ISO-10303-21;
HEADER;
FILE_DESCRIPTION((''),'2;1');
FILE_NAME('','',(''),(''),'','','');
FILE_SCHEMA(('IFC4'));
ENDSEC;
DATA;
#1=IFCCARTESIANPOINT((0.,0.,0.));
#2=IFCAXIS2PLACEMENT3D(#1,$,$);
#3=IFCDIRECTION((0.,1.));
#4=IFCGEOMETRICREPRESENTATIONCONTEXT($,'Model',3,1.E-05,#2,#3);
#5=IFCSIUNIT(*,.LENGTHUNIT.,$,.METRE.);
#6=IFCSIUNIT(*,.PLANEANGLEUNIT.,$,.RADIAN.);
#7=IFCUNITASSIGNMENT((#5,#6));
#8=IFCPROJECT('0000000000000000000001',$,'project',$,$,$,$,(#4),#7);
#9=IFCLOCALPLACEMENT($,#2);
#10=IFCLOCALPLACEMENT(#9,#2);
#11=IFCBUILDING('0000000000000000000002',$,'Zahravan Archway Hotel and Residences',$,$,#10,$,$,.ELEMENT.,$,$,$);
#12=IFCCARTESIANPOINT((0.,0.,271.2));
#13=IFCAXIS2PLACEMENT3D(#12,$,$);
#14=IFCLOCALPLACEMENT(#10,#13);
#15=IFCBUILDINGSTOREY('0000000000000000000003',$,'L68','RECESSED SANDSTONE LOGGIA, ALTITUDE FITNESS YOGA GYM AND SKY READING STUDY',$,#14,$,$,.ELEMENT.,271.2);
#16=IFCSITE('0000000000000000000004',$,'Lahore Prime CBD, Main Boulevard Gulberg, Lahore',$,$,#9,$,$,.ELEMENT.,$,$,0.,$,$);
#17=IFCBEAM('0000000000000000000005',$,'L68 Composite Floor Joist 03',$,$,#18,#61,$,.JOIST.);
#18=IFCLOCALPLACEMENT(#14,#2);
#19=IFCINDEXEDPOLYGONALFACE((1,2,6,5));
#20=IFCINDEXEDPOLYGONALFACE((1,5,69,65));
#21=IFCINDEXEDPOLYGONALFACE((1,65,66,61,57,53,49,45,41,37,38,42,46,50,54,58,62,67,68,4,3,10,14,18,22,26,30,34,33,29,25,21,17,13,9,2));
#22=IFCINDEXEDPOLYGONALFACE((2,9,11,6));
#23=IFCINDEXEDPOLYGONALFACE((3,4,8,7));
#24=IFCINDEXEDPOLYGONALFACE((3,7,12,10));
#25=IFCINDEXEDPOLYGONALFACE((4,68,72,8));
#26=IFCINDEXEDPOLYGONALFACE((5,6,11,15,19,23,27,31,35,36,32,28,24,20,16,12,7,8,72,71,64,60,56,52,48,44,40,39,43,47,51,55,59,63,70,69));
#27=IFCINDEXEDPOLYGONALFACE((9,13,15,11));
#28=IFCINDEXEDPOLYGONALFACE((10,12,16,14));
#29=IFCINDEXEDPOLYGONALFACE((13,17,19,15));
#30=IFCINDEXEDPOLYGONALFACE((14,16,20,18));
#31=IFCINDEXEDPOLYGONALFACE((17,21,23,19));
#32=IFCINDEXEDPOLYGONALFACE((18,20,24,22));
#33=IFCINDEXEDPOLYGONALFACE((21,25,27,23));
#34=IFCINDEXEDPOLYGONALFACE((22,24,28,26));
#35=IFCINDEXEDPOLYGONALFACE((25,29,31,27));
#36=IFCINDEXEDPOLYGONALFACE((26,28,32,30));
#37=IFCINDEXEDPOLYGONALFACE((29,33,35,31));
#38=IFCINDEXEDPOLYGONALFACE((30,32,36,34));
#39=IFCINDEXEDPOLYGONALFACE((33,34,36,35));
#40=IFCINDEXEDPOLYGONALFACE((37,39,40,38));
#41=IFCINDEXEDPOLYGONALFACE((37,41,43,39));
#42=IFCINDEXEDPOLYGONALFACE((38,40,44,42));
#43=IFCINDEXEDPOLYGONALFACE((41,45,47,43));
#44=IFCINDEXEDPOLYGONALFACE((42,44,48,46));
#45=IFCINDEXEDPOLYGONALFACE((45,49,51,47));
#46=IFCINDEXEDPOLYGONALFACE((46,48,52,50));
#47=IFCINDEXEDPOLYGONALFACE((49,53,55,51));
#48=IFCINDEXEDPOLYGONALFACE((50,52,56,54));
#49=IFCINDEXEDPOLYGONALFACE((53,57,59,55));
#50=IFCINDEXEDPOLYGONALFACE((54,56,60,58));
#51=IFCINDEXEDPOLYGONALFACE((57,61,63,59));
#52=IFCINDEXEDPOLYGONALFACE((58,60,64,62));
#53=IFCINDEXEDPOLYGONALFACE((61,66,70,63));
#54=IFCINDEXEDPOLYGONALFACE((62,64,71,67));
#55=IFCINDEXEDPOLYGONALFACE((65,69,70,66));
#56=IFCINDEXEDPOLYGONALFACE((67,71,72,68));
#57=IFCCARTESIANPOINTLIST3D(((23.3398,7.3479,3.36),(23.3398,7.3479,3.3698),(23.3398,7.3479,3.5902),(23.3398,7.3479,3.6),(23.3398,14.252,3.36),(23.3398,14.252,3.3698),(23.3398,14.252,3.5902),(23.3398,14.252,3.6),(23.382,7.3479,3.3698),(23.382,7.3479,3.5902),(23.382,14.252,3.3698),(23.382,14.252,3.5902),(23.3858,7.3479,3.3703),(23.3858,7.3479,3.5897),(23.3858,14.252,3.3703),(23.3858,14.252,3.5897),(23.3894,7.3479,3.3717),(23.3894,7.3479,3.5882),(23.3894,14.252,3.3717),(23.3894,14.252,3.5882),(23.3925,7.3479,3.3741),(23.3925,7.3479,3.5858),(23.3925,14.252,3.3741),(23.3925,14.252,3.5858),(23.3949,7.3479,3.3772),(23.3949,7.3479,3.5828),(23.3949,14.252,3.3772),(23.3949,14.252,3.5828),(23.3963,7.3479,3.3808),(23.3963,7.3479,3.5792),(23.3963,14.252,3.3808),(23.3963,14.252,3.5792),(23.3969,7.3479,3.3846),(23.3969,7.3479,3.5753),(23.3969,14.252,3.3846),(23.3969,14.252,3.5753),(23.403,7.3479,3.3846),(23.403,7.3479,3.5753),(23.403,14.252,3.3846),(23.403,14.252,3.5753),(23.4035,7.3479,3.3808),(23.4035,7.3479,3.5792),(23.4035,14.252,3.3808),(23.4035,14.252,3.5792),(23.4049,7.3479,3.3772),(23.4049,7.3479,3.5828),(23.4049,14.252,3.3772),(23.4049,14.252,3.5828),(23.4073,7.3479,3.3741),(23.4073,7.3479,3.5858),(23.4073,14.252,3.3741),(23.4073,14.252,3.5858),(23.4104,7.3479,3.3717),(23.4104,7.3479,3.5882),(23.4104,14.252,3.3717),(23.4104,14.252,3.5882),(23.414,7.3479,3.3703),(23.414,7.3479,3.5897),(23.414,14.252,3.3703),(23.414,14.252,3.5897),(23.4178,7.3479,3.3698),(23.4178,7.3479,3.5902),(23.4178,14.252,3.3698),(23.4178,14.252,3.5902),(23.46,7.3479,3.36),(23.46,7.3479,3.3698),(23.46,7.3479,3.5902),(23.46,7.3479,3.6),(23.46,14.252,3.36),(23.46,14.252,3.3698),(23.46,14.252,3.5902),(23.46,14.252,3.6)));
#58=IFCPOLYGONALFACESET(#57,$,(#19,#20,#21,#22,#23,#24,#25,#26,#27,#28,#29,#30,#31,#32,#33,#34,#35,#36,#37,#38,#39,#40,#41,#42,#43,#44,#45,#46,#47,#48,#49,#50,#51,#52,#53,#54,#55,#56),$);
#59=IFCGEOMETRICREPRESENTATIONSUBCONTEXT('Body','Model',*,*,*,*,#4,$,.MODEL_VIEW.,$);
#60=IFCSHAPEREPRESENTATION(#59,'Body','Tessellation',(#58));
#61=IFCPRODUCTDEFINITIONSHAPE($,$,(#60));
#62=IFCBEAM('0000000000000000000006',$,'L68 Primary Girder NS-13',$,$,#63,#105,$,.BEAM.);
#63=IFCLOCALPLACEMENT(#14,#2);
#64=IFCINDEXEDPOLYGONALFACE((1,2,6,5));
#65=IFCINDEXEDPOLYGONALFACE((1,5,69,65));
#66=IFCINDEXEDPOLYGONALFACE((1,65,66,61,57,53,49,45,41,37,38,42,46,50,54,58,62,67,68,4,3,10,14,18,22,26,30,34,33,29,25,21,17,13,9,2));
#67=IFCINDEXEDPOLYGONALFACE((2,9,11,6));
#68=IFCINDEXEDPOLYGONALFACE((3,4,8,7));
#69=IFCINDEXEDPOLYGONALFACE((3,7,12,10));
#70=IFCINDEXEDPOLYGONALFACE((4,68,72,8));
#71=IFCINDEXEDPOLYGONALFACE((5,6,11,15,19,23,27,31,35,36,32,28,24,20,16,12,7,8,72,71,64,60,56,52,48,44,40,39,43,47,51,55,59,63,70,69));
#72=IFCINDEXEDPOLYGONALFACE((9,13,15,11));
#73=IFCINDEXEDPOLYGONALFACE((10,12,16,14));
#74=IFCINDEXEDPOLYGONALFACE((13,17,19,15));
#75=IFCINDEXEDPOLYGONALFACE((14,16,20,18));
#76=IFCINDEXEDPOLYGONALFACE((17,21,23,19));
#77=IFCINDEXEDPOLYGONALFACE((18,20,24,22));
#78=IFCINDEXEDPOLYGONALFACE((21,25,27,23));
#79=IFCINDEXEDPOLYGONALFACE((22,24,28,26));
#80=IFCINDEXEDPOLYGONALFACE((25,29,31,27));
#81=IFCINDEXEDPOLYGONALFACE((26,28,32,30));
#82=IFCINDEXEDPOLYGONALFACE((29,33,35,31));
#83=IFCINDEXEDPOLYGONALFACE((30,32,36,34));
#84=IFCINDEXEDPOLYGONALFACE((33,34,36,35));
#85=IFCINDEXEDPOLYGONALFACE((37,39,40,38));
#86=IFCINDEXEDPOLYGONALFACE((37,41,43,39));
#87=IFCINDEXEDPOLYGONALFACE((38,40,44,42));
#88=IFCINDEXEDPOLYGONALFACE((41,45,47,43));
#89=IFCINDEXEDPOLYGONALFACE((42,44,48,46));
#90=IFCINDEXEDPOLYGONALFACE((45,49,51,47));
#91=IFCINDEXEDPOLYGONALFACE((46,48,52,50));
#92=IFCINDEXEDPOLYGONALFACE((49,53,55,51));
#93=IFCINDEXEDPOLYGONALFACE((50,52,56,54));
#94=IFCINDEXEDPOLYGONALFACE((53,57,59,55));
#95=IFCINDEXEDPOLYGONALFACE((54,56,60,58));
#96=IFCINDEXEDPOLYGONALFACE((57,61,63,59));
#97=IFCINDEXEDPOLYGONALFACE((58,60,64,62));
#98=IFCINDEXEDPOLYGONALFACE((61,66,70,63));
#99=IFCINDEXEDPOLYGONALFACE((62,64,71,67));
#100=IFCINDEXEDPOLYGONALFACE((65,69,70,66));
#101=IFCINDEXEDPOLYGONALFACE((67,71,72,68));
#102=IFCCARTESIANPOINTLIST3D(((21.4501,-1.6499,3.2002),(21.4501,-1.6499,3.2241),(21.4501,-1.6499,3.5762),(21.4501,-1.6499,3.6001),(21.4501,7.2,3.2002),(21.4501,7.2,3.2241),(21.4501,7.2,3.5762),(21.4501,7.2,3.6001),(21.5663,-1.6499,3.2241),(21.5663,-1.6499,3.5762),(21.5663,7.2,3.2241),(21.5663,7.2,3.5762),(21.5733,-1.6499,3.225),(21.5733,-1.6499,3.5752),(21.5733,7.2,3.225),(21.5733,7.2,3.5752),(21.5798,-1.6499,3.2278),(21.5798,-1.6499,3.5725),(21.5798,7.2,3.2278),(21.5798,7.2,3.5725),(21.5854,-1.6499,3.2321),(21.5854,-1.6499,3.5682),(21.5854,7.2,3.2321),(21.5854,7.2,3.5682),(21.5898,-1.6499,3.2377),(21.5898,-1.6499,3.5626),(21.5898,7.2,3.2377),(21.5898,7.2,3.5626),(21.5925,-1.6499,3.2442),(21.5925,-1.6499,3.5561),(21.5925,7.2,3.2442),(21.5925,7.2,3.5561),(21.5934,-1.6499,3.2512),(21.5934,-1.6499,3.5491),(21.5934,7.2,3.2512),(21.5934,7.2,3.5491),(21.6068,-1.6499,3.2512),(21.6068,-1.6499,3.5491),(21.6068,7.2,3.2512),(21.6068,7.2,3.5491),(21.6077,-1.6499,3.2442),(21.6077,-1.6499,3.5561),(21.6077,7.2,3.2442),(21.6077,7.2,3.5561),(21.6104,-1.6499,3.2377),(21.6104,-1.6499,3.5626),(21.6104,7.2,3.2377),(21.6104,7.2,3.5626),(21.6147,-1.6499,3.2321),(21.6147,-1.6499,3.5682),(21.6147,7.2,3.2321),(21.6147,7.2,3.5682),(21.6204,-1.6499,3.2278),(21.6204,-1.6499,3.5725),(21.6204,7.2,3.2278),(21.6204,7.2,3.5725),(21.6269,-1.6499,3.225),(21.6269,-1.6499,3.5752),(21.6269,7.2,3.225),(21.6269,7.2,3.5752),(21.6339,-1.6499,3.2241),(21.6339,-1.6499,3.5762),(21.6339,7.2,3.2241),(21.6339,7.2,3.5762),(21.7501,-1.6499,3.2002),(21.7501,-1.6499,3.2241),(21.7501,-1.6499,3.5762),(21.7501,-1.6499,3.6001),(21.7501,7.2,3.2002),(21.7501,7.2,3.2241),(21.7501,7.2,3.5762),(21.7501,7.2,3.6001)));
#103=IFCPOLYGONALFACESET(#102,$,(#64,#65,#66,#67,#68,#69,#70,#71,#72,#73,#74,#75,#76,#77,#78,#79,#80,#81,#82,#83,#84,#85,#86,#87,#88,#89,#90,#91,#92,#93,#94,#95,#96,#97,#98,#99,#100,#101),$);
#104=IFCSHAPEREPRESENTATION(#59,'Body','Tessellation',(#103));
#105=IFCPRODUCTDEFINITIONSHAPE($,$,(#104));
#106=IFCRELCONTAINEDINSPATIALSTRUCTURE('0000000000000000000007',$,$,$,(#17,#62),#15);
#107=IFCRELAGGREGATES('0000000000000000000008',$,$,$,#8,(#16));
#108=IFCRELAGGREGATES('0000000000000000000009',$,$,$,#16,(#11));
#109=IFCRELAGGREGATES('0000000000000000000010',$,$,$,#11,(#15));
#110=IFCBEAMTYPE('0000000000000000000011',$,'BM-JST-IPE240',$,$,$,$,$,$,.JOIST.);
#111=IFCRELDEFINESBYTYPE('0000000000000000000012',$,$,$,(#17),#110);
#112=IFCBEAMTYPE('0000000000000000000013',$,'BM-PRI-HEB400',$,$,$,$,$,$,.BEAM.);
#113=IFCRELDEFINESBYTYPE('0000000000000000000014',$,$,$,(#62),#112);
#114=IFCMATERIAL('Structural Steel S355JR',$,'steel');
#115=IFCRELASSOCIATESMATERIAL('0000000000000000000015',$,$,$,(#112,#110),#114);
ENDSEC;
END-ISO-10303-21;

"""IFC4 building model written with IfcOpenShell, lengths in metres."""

from ifc_helpers import new_model, si_unit, direction, frame, origin, origin_2d, place, context, subcontext, project, spatial, i_section, extrude, source, transform, mapped, material, material_profile, profile_set, type_object, type_shapes, element, save


model = new_model("IFC4")

# Units and contexts
model_context = context("Model", 3, precision=1e-05, world=origin(), true_north=direction((0.0, 1.0)))
body_context = subcontext(model_context, "Body", "Model", "MODEL_VIEW")
ifc_project = project(units=[si_unit("LENGTHUNIT", "METRE"), si_unit("PLANEANGLEUNIT", "RADIAN")], contexts=[model_context])

# Site, building, storey
site_placement = place(None, origin())
site = spatial("IfcSite", under=ifc_project, at=site_placement, Name="Lahore Prime CBD, Main Boulevard Gulberg, Lahore", CompositionType="ELEMENT", RefElevation=0.0)
building_placement = place(site_placement, origin())
building = spatial("IfcBuilding", under=site, at=building_placement, Name="Zahravan Archway Hotel and Residences", CompositionType="ELEMENT")
storey_placement = place(building_placement, frame((0.0, 0.0, 271.2)))
storey = spatial("IfcBuildingStorey", under=building, at=storey_placement, Name="L68", Description="RECESSED SANDSTONE LOGGIA, ALTITUDE FITNESS YOGA GYM AND SKY READING STUDY", CompositionType="ELEMENT", Elevation=271.2)

# Beams
ifc_material_1 = material(Name="Structural Steel S355JR", Category="steel")
ifc_material_profile_1 = material_profile(ifc_material_1, i_section(OverallWidth=0.3, OverallDepth=0.3999, WebThickness=0.0134, FlangeThickness=0.0239, FilletRadius=0.0271, at=origin_2d()), Name="HEB 400", Category="steel")
ifc_profile_set_1 = profile_set([ifc_material_profile_1], Name="Structural Steel S355JR")
beam_type_1 = type_object("IfcBeamType", Name="BM-PRI-HEB400", PredefinedType="BEAM", material=ifc_profile_set_1)
ifc_material_profile_2 = material_profile(ifc_material_1, i_section(OverallWidth=0.1201, OverallDepth=0.24, WebThickness=0.0061, FlangeThickness=0.0098, FilletRadius=0.0149, at=origin_2d()), Name="IPE 240", Category="steel")
ifc_profile_set_2 = profile_set([ifc_material_profile_2], Name="Structural Steel S355JR")
beam_type_2 = type_object("IfcBeamType", Name="BM-JST-IPE240", PredefinedType="JOIST", material=ifc_profile_set_2)
shared_shape_1 = source(origin(), body_context, "Body", "SweptSolid", [
    extrude(i_section(OverallWidth=0.1201, OverallDepth=0.24, WebThickness=0.0061, FlangeThickness=0.0098, FilletRadius=0.0149, at=origin_2d()), origin(), (0.0, 0.0, 1.0), 6.9041),
])
type_shapes(beam_type_2, [shared_shape_1])
beam_1_placement = place(storey_placement, frame((23.3999, 7.3479, 3.48), z_axis=(0.0, 1.0, 0.0), x_axis=(-1.0, 0.0, 0.0)))
element("IfcBeam", 1, at=beam_1_placement, inside=storey, type_object=beam_type_2, Name="L68 Composite Floor Joist 03", PredefinedType="JOIST", context=body_context, shape_type="MappedRepresentation", body=[
    mapped(shared_shape_1, transform((0.0, 0.0, 0.0), scale=1.0)),
])
shared_shape_2 = source(origin(), body_context, "Body", "SweptSolid", [
    extrude(i_section(OverallWidth=0.3, OverallDepth=0.3999, WebThickness=0.0134, FlangeThickness=0.0239, FilletRadius=0.0271, at=origin_2d()), origin(), (0.0, 0.0, 1.0), 8.8499),
])
beam_2_placement = place(storey_placement, frame((21.6001, -1.6499, 3.4001), z_axis=(0.0, 1.0, 0.0), x_axis=(-1.0, 0.0, 0.0)))
element("IfcBeam", 2, at=beam_2_placement, inside=storey, type_object=beam_type_1, Name="L68 Primary Girder NS-13", PredefinedType="BEAM", context=body_context, shape_type="MappedRepresentation", body=[
    mapped(shared_shape_2, transform((0.0, 0.0, 0.0), scale=1.0)),
])

save(model, "model.ifc")
